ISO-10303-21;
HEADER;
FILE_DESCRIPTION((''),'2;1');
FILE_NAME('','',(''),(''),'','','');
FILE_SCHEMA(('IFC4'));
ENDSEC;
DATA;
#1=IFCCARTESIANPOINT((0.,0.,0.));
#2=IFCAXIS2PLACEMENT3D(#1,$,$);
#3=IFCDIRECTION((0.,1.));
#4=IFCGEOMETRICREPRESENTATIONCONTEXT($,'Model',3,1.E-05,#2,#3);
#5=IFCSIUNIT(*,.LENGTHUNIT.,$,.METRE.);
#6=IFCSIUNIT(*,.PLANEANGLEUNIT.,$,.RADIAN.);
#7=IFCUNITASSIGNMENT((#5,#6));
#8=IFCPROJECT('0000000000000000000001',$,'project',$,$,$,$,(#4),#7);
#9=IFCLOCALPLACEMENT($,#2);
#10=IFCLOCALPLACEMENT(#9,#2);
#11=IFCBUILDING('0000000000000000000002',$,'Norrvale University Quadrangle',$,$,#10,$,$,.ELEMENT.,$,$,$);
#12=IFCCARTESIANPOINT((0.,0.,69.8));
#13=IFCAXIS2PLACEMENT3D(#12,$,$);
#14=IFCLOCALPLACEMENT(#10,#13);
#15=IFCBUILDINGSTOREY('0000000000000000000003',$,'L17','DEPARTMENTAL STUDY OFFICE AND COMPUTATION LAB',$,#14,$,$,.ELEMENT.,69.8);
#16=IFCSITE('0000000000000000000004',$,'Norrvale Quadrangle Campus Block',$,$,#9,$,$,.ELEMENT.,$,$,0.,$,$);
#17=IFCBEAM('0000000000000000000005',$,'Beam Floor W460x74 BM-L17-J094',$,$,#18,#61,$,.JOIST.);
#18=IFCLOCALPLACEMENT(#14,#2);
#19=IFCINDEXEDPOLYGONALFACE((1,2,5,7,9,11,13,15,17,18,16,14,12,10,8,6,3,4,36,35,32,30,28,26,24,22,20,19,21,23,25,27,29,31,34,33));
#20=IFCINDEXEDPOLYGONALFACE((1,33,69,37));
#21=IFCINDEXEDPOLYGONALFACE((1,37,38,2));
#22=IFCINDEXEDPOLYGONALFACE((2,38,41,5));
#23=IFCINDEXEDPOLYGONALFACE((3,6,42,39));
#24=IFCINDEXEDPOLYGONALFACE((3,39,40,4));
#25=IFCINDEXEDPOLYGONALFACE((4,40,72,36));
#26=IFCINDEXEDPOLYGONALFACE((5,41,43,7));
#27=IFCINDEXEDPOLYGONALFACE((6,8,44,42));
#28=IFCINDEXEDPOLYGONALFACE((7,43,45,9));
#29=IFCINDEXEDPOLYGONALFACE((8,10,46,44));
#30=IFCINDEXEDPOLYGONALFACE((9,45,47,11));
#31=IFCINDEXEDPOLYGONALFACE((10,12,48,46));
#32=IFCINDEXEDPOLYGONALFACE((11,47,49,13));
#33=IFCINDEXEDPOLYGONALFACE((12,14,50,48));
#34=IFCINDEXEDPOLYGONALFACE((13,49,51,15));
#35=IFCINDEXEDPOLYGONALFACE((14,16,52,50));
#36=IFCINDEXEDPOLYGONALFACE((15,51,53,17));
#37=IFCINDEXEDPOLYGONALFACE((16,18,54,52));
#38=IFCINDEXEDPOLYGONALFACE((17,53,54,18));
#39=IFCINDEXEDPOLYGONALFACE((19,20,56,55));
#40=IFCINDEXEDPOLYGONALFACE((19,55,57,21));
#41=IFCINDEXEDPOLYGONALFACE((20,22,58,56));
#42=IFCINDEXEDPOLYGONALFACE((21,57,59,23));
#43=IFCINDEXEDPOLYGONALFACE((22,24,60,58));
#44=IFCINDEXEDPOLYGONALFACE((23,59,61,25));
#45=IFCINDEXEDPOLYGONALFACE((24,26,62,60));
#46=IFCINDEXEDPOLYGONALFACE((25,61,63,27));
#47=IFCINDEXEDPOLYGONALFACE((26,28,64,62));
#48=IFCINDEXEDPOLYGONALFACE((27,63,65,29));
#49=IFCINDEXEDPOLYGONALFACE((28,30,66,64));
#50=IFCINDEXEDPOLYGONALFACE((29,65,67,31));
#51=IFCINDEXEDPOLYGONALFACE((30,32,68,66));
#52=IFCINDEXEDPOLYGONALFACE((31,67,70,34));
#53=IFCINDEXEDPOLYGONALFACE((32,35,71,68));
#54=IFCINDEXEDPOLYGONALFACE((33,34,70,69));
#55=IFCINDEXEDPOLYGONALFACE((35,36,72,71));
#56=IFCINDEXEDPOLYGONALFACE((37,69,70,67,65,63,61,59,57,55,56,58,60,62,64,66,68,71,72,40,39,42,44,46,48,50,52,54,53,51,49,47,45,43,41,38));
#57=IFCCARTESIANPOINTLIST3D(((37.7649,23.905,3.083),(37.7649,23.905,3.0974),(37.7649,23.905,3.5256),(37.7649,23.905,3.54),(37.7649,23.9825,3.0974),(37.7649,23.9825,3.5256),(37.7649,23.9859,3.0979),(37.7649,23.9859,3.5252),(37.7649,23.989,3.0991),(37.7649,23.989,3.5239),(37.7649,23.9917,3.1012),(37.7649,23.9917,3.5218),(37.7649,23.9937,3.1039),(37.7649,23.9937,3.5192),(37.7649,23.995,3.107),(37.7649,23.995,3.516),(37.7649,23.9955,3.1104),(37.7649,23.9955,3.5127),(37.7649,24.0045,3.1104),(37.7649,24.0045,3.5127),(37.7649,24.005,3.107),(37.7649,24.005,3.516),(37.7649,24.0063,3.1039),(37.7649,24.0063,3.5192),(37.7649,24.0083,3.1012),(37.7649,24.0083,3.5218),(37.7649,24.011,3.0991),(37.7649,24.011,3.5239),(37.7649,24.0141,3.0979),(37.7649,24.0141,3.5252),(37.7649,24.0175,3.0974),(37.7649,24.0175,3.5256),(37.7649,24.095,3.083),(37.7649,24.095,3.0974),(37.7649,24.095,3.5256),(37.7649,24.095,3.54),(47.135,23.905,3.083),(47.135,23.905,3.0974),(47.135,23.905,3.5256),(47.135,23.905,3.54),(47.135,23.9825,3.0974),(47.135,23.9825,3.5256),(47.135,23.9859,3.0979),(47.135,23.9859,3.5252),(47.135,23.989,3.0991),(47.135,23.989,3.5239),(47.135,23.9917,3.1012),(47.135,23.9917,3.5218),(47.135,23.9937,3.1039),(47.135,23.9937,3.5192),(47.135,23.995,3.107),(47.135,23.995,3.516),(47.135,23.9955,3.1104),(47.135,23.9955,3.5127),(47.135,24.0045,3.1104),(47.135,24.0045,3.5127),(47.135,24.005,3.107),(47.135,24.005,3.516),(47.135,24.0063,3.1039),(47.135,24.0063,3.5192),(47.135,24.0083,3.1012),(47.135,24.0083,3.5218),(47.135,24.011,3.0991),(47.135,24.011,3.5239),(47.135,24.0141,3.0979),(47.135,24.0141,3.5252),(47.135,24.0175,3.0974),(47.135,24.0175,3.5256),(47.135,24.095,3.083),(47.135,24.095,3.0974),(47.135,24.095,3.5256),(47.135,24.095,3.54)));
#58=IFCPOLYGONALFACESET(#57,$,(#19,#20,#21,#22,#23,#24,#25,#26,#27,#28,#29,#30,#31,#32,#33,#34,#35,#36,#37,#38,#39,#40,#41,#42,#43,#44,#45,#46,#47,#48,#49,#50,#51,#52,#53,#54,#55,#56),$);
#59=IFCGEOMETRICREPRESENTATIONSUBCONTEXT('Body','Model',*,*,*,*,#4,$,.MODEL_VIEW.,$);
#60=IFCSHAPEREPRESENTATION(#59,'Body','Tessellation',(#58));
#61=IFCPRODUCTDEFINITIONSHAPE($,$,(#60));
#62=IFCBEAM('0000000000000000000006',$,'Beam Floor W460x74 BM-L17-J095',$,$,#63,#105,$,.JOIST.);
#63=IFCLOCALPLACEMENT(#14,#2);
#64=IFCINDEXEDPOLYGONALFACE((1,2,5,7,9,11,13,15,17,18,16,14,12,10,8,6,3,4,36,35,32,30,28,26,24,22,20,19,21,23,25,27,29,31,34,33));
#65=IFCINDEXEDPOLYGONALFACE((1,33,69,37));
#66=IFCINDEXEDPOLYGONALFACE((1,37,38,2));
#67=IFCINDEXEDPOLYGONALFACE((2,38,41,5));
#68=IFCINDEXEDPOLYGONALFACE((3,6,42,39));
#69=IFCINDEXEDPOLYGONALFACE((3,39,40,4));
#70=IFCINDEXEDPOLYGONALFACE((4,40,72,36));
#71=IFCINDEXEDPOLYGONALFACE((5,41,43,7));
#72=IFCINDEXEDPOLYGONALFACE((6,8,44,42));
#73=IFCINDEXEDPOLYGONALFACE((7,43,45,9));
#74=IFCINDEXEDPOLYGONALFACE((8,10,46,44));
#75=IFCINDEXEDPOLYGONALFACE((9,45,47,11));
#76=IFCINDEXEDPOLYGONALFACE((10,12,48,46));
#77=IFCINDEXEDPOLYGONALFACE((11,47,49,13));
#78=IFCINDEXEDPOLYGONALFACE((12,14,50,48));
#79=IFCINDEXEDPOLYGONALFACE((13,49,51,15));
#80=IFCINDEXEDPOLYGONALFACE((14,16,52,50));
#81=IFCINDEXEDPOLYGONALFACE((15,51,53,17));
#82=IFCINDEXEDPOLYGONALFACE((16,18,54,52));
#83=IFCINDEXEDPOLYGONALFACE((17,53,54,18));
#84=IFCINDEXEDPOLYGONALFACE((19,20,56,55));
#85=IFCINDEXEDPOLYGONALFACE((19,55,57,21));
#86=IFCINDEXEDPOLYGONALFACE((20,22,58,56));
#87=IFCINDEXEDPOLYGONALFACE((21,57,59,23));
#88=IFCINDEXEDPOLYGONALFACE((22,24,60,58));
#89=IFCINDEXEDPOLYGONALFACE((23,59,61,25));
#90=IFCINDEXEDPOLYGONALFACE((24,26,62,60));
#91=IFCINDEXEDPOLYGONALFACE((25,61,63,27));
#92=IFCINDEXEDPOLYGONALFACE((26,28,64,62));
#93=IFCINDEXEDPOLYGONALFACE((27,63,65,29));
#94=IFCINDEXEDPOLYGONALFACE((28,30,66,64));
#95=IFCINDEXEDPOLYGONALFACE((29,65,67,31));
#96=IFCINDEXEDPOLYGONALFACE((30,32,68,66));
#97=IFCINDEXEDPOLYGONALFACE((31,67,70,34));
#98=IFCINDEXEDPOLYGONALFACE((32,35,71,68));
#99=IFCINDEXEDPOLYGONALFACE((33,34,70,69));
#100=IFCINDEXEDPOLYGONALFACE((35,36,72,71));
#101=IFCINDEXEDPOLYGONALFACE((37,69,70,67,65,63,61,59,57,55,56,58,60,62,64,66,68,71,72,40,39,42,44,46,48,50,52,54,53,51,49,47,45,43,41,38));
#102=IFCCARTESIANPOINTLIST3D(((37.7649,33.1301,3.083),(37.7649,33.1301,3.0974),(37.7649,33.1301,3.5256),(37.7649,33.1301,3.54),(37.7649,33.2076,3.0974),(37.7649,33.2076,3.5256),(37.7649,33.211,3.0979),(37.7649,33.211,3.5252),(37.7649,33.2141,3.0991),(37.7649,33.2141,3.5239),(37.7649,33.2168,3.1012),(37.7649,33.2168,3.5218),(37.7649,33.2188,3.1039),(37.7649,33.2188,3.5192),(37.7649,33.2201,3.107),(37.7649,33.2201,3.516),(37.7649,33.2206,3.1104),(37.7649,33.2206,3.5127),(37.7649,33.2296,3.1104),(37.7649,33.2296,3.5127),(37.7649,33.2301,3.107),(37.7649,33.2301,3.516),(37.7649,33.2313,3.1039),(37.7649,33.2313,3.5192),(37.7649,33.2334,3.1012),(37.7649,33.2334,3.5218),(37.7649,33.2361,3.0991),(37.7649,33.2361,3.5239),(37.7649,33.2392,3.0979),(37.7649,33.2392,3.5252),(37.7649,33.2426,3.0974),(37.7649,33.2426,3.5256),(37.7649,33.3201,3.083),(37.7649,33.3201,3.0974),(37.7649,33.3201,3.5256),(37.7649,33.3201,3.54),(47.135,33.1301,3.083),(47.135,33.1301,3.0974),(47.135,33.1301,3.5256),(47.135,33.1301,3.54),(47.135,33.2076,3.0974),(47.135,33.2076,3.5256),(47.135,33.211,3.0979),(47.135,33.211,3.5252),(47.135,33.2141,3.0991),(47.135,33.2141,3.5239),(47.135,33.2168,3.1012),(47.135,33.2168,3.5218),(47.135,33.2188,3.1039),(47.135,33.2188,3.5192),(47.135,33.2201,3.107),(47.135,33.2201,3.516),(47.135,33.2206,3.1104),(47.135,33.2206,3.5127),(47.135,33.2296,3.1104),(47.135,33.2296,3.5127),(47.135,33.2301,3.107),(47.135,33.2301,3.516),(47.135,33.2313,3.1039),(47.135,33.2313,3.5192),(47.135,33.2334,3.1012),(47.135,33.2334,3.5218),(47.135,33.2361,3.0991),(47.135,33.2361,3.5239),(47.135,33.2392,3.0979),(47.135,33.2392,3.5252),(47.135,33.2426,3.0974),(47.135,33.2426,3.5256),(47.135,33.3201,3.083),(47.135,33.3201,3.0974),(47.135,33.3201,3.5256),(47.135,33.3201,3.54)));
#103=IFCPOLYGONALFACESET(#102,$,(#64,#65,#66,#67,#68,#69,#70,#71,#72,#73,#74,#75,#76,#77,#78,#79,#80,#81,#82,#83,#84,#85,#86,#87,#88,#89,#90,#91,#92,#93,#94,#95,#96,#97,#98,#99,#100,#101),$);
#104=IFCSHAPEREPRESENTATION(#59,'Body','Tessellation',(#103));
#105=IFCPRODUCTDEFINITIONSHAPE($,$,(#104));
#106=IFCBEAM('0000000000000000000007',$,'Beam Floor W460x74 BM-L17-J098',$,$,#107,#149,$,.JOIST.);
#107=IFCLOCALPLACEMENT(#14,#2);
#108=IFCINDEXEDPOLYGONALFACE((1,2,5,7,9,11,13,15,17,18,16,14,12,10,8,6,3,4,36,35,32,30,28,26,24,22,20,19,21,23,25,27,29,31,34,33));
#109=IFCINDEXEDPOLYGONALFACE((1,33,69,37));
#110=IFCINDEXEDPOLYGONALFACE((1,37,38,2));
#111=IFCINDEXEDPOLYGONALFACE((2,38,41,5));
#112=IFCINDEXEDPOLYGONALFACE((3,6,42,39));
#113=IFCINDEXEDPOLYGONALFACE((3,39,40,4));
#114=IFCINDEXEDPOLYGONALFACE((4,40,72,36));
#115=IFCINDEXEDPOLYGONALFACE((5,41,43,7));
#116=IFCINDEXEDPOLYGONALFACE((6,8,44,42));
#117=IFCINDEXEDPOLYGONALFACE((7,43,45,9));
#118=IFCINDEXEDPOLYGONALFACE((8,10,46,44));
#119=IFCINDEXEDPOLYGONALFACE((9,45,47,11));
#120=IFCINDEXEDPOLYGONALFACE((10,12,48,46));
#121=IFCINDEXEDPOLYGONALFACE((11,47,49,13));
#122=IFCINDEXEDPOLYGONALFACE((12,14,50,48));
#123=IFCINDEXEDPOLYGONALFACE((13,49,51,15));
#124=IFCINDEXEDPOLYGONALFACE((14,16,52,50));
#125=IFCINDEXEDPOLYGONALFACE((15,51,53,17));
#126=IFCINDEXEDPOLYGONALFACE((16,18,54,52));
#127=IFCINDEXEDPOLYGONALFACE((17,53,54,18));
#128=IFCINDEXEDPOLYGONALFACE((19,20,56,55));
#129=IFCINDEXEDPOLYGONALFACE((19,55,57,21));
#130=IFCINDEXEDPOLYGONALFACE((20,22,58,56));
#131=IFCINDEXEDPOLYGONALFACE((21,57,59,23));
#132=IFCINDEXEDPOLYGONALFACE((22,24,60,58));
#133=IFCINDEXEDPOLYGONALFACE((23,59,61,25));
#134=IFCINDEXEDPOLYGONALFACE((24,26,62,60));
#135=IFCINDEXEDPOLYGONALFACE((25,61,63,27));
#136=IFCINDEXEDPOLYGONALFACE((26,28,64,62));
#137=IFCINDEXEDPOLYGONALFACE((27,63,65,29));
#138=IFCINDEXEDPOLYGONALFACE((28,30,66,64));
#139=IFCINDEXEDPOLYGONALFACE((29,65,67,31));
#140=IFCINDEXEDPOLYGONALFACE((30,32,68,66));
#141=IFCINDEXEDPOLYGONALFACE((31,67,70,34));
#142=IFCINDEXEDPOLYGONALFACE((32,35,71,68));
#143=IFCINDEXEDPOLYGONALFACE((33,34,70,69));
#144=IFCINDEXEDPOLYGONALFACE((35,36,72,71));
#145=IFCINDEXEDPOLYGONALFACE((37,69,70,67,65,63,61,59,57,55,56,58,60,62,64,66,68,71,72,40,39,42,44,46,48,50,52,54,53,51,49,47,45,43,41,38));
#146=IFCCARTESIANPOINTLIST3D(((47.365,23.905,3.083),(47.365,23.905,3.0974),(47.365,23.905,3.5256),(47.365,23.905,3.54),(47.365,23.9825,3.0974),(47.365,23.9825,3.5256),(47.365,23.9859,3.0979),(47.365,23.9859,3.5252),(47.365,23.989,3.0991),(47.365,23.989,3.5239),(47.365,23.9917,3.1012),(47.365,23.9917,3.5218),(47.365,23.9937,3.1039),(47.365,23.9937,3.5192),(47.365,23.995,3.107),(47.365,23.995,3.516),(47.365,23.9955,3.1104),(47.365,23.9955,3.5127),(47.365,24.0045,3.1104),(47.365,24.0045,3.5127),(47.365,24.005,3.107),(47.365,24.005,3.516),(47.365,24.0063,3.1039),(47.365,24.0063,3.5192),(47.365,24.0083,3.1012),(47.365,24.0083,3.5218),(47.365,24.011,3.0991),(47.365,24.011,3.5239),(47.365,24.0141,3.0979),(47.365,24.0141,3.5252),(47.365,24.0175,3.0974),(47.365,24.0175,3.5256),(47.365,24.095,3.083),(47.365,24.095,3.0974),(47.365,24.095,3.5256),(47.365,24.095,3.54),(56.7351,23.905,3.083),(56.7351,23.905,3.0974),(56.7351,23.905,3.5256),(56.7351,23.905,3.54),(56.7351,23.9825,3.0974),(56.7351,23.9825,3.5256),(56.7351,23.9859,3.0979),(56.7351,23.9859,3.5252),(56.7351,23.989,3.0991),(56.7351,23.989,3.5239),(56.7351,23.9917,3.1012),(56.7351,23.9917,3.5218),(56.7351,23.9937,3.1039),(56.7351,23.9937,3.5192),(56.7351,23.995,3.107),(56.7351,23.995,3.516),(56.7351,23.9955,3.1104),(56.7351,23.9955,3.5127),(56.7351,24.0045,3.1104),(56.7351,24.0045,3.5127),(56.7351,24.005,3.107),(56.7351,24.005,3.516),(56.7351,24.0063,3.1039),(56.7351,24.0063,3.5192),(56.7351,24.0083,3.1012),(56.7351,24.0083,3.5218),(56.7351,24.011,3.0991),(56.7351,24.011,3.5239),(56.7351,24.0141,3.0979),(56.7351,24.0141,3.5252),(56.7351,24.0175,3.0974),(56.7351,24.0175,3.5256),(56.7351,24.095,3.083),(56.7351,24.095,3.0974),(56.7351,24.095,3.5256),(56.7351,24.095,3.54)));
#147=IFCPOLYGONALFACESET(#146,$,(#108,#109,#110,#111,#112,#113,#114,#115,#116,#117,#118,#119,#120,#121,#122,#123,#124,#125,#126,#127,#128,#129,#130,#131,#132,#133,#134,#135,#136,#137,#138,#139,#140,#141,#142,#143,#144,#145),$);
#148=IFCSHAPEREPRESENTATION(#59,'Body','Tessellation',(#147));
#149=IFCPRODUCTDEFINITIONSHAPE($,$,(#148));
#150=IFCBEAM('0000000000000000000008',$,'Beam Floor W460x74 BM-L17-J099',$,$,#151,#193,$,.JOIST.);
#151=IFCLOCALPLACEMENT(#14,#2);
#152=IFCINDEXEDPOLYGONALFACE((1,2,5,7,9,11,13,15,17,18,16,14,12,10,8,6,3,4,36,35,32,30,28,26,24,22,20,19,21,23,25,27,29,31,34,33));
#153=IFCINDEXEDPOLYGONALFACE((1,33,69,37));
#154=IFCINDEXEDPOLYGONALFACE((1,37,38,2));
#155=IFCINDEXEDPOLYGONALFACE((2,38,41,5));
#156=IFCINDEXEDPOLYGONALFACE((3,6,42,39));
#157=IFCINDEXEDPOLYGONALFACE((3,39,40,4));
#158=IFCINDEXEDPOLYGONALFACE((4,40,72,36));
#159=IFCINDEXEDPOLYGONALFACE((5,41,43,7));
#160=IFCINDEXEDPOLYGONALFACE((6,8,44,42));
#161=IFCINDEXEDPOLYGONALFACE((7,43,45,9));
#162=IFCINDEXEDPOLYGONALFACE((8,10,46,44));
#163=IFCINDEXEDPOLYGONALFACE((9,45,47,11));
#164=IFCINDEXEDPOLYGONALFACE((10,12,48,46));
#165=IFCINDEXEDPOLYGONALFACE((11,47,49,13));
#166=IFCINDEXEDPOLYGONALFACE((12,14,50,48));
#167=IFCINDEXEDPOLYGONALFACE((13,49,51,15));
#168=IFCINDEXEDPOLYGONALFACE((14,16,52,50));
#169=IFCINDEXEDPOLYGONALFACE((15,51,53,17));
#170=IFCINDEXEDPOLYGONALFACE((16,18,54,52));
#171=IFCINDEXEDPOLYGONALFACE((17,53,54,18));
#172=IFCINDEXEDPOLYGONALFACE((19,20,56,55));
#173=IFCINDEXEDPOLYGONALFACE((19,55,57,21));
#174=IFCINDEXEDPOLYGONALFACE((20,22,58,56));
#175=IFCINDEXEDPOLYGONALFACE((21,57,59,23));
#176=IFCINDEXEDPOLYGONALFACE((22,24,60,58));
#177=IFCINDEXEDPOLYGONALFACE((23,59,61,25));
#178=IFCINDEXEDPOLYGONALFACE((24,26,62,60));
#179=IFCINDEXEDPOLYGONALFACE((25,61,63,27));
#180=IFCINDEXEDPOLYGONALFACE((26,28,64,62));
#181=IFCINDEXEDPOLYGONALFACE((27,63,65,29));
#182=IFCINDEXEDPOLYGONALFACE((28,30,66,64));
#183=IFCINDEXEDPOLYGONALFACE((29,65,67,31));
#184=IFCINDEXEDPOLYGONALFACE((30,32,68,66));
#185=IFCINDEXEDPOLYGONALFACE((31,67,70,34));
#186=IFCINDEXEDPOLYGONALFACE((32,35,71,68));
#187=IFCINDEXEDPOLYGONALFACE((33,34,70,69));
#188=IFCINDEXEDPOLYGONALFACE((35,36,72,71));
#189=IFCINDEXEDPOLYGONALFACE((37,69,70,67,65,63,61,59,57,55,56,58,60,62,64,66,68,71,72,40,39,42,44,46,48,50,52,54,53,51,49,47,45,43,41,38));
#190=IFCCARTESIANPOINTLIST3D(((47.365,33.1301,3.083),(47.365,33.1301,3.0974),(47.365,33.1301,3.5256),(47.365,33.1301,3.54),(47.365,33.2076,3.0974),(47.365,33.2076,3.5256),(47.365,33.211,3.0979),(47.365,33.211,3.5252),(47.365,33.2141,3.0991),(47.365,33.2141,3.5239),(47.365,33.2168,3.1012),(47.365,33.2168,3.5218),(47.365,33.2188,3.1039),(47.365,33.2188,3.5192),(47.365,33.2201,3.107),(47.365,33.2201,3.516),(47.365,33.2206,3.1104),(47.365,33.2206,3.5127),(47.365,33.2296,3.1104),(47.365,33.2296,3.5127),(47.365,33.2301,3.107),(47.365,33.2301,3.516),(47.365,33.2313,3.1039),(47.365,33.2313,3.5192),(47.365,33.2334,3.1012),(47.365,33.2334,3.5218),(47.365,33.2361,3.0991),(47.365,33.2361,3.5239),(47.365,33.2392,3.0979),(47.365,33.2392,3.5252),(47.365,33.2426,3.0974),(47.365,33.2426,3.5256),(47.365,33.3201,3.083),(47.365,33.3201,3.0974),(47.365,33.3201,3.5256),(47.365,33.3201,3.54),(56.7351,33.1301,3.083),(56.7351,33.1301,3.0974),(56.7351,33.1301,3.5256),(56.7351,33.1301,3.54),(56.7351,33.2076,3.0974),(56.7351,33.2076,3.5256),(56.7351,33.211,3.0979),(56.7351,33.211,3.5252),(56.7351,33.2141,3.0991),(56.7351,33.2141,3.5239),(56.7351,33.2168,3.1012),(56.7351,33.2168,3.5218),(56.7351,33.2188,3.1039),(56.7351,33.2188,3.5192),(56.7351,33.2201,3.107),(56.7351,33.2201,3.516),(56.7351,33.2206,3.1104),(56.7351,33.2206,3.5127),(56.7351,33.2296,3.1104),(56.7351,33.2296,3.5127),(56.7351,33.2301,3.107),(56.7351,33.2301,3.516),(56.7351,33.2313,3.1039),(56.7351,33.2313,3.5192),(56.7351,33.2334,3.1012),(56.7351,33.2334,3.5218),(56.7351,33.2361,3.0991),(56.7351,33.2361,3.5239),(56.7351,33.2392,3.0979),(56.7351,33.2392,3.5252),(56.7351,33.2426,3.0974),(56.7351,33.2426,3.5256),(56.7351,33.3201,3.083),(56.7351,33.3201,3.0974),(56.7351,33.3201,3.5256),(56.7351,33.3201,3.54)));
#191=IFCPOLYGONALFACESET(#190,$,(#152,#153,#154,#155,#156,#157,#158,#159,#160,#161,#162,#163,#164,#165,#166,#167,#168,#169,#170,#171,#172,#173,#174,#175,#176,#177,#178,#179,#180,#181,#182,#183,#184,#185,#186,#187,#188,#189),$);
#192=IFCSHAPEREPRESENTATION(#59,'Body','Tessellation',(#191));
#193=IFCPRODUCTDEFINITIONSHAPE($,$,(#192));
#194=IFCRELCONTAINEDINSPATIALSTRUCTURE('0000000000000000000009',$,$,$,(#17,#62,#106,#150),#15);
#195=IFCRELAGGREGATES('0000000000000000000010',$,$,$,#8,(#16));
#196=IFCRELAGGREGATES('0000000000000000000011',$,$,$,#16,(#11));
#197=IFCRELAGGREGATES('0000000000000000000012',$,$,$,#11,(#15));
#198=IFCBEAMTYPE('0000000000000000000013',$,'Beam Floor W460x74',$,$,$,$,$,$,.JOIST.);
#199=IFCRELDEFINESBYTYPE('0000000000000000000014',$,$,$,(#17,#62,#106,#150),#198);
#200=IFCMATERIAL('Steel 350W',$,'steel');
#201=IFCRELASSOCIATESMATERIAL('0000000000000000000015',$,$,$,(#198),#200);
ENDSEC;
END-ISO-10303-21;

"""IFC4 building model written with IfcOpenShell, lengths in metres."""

from ifc_helpers import new_model, si_unit, direction, frame, origin, origin_2d, place, context, subcontext, project, spatial, i_section, extrude, material, material_profile, profile_set, type_object, element, save


model = new_model("IFC4")

# Units and contexts
model_context = context("Model", 3, precision=1e-05, world=origin(), true_north=direction((0.0, 1.0)))
body_context = subcontext(model_context, "Body", "Model", "MODEL_VIEW")
ifc_project = project(units=[si_unit("LENGTHUNIT", "METRE"), si_unit("PLANEANGLEUNIT", "RADIAN")], contexts=[model_context])

# Site, building, storey
site_placement = place(None, origin())
site = spatial("IfcSite", under=ifc_project, at=site_placement, Name="Norrvale Quadrangle Campus Block", CompositionType="ELEMENT", RefElevation=0.0)
building_placement = place(site_placement, origin())
building = spatial("IfcBuilding", under=site, at=building_placement, Name="Norrvale University Quadrangle", CompositionType="ELEMENT")
storey_placement = place(building_placement, frame((0.0, 0.0, 69.8)))
storey = spatial("IfcBuildingStorey", under=building, at=storey_placement, Name="L17", Description="DEPARTMENTAL STUDY OFFICE AND COMPUTATION LAB", CompositionType="ELEMENT", Elevation=69.8)

# Beams
ifc_material_1 = material(Name="Steel 350W", Category="steel")
ifc_material_profile_1 = material_profile(ifc_material_1, i_section(OverallWidth=0.1899, OverallDepth=0.457, WebThickness=0.009, FlangeThickness=0.0144, FilletRadius=0.0129, at=origin_2d()), Name="Steel 350W")
ifc_profile_set_1 = profile_set([ifc_material_profile_1], Name="Steel 350W")
beam_type_1 = type_object("IfcBeamType", Name="Beam Floor W460x74", PredefinedType="JOIST", material=ifc_profile_set_1)
for number, where, z_axis, x_axis, name in (
    (1, (37.7649, 24.0, 3.3115), (1.0, 0.0, 0.0), (0.0, 1.0, 0.0), "Beam Floor W460x74 BM-L17-J094"),
    (2, (37.7649, 33.2251, 3.3115), (1.0, 0.0, 0.0), (0.0, 1.0, 0.0), "Beam Floor W460x74 BM-L17-J095"),
    (3, (47.365, 24.0, 3.3115), (1.0, 0.0, 0.0), (0.0, 1.0, 0.0), "Beam Floor W460x74 BM-L17-J098"),
    (4, (47.365, 33.2251, 3.3115), (1.0, 0.0, 0.0), (0.0, 1.0, 0.0), "Beam Floor W460x74 BM-L17-J099"),
):
    element("IfcBeam", number, at=place(storey_placement, frame(where, z_axis=z_axis, x_axis=x_axis)), inside=storey, type_object=beam_type_1, Name=name, PredefinedType="JOIST", context=body_context, shape_type="SweptSolid", body=[
        extrude(i_section(OverallWidth=0.1899, OverallDepth=0.457, WebThickness=0.009, FlangeThickness=0.0144, FilletRadius=0.0129, at=origin_2d()), origin(), (0.0, 0.0, 1.0), 9.3701),
    ])

save(model, "model.ifc")
